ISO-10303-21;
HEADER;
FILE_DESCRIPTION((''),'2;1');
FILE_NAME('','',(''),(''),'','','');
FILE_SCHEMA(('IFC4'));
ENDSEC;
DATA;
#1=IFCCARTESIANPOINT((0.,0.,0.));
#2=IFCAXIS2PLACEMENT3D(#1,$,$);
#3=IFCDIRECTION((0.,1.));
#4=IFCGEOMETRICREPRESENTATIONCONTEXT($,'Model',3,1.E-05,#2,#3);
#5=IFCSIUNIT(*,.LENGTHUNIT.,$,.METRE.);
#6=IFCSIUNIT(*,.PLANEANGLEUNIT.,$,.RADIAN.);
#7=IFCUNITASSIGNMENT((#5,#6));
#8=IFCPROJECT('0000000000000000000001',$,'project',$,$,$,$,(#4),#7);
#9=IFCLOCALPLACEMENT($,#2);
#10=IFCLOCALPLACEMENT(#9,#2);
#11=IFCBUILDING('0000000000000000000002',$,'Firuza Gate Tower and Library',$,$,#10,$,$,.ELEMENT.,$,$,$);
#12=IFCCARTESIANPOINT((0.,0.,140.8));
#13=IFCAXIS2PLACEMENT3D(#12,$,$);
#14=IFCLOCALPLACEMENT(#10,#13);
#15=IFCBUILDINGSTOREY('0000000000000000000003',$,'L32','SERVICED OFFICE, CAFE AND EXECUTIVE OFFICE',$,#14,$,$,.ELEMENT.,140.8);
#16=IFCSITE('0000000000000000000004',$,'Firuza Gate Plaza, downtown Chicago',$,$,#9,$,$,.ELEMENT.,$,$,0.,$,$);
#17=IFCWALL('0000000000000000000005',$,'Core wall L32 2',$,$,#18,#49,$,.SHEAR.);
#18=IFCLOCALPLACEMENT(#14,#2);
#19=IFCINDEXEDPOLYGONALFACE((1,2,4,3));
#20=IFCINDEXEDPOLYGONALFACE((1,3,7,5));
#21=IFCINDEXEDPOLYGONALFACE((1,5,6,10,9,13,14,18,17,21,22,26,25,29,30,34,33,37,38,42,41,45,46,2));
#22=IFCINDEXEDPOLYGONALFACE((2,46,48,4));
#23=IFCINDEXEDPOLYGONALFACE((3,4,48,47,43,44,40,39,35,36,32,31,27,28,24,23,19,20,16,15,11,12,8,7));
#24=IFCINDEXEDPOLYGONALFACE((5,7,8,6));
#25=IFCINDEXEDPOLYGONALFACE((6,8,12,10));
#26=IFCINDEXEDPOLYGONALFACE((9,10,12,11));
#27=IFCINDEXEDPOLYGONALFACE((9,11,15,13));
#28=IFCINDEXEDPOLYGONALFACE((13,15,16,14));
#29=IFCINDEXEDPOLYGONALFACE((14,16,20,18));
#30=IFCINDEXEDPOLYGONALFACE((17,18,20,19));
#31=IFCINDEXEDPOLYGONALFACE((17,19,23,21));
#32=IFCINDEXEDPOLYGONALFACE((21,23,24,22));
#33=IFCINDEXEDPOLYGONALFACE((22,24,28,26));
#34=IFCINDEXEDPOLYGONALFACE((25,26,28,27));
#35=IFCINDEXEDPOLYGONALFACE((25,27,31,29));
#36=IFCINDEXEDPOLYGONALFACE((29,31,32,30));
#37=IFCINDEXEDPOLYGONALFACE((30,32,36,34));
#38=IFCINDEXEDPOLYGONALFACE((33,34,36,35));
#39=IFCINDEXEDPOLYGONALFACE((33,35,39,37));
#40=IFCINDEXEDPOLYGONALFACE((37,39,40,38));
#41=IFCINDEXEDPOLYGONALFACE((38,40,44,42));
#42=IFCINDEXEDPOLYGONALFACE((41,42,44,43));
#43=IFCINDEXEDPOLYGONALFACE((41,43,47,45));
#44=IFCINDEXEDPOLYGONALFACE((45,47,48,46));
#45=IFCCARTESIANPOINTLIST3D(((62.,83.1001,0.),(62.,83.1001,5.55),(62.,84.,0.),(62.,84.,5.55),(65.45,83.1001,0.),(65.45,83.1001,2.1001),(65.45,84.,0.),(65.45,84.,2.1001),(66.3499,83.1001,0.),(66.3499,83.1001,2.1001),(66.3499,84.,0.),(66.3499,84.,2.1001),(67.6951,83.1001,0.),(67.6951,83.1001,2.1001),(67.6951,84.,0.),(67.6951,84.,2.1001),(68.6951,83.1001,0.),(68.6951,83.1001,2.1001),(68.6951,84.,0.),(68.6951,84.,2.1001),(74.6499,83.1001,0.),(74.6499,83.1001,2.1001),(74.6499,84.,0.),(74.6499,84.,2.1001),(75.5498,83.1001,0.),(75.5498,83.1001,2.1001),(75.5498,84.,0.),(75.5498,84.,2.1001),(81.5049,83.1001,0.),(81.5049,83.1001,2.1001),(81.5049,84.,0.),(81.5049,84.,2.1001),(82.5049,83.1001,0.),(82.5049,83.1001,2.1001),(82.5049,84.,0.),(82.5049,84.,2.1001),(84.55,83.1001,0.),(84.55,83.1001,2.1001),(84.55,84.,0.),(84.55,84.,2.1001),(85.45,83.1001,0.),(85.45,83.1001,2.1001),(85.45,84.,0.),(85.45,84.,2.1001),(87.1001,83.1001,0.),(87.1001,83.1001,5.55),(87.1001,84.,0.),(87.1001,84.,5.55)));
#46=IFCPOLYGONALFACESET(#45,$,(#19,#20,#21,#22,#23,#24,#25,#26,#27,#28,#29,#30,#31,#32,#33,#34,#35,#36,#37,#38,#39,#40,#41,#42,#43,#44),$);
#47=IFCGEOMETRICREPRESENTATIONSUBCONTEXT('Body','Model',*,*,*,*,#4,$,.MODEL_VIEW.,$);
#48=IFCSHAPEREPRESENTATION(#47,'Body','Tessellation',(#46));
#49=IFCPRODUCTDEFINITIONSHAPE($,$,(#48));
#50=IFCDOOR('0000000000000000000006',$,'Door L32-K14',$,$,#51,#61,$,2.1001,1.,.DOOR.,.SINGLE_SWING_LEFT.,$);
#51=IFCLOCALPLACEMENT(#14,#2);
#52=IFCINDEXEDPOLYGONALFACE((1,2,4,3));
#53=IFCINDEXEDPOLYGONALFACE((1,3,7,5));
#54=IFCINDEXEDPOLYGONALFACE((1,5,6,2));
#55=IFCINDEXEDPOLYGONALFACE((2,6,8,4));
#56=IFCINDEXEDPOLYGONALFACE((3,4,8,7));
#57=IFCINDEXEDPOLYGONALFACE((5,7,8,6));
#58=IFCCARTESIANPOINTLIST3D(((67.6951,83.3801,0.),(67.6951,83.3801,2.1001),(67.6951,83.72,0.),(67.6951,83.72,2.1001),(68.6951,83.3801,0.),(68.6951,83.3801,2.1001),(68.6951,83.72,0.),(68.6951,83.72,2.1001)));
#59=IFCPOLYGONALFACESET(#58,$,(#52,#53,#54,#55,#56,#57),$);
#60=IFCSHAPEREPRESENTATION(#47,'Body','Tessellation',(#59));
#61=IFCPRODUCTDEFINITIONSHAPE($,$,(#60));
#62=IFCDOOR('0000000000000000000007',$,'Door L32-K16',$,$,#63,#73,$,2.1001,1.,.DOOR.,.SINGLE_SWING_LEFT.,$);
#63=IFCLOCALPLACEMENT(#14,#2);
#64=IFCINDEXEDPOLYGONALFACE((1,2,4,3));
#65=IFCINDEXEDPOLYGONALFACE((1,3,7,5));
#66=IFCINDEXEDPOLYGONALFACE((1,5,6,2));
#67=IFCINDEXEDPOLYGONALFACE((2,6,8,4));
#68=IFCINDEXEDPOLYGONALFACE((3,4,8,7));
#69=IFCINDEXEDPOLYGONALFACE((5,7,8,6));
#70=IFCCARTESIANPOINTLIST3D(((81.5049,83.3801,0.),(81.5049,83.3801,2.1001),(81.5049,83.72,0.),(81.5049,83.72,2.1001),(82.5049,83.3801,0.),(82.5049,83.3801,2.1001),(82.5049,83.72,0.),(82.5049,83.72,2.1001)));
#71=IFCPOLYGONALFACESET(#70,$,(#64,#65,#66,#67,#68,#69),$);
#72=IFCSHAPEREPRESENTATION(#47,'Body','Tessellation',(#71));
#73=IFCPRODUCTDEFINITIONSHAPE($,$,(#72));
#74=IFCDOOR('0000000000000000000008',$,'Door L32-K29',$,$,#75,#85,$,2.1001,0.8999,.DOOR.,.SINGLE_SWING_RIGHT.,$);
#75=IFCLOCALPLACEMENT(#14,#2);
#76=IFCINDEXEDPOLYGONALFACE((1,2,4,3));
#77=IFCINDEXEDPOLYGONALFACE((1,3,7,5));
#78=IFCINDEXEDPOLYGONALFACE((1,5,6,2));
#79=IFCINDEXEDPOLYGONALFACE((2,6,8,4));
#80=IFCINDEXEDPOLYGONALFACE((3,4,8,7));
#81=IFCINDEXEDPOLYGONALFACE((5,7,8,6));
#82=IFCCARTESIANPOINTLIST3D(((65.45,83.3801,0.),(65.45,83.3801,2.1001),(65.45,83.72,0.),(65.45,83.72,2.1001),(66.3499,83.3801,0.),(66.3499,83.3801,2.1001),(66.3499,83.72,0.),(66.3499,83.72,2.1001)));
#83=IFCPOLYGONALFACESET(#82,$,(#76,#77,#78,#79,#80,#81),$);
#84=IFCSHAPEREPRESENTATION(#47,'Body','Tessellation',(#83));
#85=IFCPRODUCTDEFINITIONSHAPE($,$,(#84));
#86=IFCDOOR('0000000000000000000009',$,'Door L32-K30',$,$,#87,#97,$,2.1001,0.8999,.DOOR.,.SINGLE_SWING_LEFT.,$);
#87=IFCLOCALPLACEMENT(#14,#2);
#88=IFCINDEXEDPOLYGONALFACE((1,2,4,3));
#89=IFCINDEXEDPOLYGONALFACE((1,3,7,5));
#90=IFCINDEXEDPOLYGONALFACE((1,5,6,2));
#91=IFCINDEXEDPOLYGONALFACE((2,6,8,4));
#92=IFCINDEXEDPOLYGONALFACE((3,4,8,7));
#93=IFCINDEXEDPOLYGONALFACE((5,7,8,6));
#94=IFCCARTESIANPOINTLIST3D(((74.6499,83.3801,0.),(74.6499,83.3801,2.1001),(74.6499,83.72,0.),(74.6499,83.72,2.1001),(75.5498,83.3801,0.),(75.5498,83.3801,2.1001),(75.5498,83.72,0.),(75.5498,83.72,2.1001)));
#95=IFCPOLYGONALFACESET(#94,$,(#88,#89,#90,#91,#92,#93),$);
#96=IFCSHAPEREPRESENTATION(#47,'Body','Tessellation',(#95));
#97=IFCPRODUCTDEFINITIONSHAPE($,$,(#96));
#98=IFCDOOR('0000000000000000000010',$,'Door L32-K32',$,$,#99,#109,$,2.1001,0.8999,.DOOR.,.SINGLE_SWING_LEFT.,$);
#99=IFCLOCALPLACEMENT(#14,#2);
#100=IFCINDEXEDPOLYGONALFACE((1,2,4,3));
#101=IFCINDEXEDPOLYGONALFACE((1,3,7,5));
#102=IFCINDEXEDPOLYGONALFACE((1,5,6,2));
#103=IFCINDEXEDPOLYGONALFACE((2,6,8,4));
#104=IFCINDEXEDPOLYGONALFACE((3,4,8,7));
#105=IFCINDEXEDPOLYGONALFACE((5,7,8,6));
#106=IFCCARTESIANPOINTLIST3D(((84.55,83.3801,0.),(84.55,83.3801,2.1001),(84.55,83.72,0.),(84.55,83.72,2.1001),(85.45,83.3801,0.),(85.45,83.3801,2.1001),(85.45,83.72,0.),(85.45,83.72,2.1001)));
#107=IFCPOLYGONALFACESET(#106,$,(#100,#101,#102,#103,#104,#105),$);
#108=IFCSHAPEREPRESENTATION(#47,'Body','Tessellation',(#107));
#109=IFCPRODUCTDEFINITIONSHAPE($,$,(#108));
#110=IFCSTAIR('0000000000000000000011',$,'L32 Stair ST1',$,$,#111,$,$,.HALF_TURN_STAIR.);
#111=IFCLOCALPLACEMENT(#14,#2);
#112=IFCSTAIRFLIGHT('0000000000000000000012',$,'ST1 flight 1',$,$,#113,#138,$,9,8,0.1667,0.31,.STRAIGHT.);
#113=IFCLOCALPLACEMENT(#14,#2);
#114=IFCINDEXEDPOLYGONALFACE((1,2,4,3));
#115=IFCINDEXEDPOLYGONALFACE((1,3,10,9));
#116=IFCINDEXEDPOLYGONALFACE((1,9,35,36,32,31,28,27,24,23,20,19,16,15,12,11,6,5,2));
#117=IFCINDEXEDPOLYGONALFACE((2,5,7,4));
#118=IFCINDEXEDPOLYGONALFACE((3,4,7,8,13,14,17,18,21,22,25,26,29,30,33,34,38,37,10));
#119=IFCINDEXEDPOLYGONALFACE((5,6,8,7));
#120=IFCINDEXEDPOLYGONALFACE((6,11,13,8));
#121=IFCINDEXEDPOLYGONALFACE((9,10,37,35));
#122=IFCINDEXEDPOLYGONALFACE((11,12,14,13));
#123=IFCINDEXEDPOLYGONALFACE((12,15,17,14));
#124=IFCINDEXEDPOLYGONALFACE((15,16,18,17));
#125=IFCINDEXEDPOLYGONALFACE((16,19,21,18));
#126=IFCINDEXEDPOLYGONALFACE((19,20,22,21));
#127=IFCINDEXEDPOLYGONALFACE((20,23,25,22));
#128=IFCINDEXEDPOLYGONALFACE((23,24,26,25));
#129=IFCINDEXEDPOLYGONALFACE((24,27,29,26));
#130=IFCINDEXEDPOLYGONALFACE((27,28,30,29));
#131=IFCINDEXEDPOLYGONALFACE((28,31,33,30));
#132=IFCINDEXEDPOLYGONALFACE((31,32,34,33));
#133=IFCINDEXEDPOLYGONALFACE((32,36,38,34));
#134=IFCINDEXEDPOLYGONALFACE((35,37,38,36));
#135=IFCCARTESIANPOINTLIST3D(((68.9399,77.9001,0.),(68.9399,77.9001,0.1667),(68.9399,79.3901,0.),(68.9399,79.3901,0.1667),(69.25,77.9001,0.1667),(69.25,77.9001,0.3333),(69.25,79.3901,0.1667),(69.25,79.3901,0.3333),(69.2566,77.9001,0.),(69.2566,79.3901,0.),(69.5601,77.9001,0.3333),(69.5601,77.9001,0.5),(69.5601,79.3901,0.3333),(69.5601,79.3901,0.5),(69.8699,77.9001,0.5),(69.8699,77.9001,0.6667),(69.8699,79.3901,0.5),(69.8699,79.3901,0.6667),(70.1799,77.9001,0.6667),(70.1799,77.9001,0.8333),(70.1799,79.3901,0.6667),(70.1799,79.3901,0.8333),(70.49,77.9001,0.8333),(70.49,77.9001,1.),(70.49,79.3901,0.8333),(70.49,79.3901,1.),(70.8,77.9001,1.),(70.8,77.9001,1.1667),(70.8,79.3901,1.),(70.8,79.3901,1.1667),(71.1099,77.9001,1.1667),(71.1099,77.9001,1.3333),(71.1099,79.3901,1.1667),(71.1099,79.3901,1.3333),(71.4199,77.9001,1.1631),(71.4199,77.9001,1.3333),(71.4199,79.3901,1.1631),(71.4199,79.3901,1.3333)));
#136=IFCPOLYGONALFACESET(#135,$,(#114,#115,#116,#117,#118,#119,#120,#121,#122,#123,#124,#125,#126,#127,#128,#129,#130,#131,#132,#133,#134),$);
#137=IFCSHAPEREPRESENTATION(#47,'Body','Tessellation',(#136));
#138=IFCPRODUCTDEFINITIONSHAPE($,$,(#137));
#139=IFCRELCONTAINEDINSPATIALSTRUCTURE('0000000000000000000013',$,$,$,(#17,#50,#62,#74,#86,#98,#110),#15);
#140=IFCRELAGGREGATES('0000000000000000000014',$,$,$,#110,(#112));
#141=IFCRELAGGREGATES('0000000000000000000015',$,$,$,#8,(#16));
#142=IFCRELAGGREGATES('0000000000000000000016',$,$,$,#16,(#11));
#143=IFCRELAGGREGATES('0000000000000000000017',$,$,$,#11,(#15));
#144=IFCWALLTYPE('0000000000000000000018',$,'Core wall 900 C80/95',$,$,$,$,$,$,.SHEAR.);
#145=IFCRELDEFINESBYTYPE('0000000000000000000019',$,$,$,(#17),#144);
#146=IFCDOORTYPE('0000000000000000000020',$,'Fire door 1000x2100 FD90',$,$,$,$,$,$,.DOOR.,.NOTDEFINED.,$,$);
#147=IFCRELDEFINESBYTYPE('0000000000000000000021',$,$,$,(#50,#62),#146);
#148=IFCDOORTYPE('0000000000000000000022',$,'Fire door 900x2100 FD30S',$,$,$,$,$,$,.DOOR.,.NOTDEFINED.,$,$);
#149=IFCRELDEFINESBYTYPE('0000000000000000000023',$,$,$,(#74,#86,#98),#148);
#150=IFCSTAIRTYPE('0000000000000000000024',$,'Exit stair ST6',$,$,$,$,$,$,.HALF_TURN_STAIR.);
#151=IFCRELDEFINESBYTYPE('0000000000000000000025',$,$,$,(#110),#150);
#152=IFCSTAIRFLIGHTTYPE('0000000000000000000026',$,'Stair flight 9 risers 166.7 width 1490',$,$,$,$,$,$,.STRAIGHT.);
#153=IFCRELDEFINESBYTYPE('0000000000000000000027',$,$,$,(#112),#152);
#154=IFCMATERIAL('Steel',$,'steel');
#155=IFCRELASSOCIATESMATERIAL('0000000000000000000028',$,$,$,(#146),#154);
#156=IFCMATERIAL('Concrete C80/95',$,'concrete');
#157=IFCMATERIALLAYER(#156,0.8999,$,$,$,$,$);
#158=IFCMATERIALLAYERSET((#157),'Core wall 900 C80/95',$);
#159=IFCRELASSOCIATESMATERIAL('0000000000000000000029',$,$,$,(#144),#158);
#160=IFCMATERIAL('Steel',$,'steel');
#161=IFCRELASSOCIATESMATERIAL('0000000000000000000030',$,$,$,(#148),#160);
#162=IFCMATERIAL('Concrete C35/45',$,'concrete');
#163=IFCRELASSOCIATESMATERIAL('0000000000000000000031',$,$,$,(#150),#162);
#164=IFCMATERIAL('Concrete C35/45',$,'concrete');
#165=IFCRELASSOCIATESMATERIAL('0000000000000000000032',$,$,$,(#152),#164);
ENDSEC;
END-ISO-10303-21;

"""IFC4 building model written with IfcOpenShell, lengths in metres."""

from ifc_helpers import new_model, si_unit, direction, frame, frame_2d, origin, place, context, subcontext, project, spatial, polyline, rectangle, outline, extrude, material, layer, layer_set, type_object, element, fill, aggregate, save


model = new_model("IFC4")

# Units and contexts
model_context = context("Model", 3, precision=1e-05, world=origin(), true_north=direction((0.0, 1.0)))
body_context = subcontext(model_context, "Body", "Model", "MODEL_VIEW")
ifc_project = project(units=[si_unit("LENGTHUNIT", "METRE"), si_unit("PLANEANGLEUNIT", "RADIAN")], contexts=[model_context])

# Site, building, storey
site_placement = place(None, origin())
site = spatial("IfcSite", under=ifc_project, at=site_placement, Name="Firuza Gate Plaza, downtown Chicago", CompositionType="ELEMENT", RefElevation=0.0)
building_placement = place(site_placement, origin())
building = spatial("IfcBuilding", under=site, at=building_placement, Name="Firuza Gate Tower and Library", CompositionType="ELEMENT")
storey_placement = place(building_placement, frame((0.0, 0.0, 140.8)))
storey = spatial("IfcBuildingStorey", under=building, at=storey_placement, Name="L32", Description="SERVICED OFFICE, CAFE AND EXECUTIVE OFFICE", CompositionType="ELEMENT", Elevation=140.8)

# Shared definitions
ifc_material_1 = material(Name="Steel", Category="steel")
door_type_1 = type_object("IfcDoorType", Name="Fire door 1000x2100 FD90", OperationType="NOTDEFINED", PredefinedType="DOOR", material=ifc_material_1)

# Wall, openings, doors
ifc_material_2 = material(Name="Concrete C80/95", Category="concrete")
ifc_layer_1 = layer(ifc_material_2, 0.8999)
ifc_layer_set_1 = layer_set([ifc_layer_1], Name="Core wall 900 C80/95")
wall_type_1 = type_object("IfcWallType", Name="Core wall 900 C80/95", PredefinedType="SHEAR", material=ifc_layer_set_1)
wall_1_placement = place(storey_placement, frame((62.0, 83.55, 0.0), z_axis=(0.0, 0.0, 1.0), x_axis=(1.0, 0.0, 0.0)))
wall_1 = element("IfcWall", 1, at=wall_1_placement, inside=storey, type_object=wall_type_1, Name="Core wall L32 2", PredefinedType="SHEAR", context=body_context, shape_type="SweptSolid", body=[
    extrude(rectangle(XDim=25.1001, YDim=0.8999, at=frame_2d((12.55, 0.0))), origin(), (0.0, 0.0, 1.0), 5.55),
])
opening_1_placement = place(wall_1_placement, frame((5.6951, 0.0, 0.0)))
opening_1 = element("IfcOpeningElement", 2, at=opening_1_placement, cuts=wall_1, PredefinedType="OPENING", context=body_context, shape_type="SweptSolid", body=[
    extrude(rectangle(XDim=1.0, YDim=2.1001, at=frame_2d((0.5, 1.05))), frame((0.0, 0.46, 0.0), z_axis=(0.0, -1.0, 0.0), x_axis=(1.0, 0.0, 0.0)), (0.0, 0.0, 1.0), 0.9199),
])
opening_2_placement = place(wall_1_placement, frame((19.5049, 0.0, 0.0)))
opening_2 = element("IfcOpeningElement", 3, at=opening_2_placement, cuts=wall_1, PredefinedType="OPENING", context=body_context, shape_type="SweptSolid", body=[
    extrude(rectangle(XDim=1.0, YDim=2.1001, at=frame_2d((0.5, 1.05))), frame((0.0, 0.46, 0.0), z_axis=(0.0, -1.0, 0.0), x_axis=(1.0, 0.0, 0.0)), (0.0, 0.0, 1.0), 0.9199),
])
opening_3_placement = place(wall_1_placement, frame((3.45, 0.0, 0.0)))
opening_3 = element("IfcOpeningElement", 4, at=opening_3_placement, cuts=wall_1, PredefinedType="OPENING", context=body_context, shape_type="SweptSolid", body=[
    extrude(rectangle(XDim=0.8999, YDim=2.1001, at=frame_2d((0.45, 1.05))), frame((0.0, 0.46, 0.0), z_axis=(0.0, -1.0, 0.0), x_axis=(1.0, 0.0, 0.0)), (0.0, 0.0, 1.0), 0.9199),
])
opening_4_placement = place(wall_1_placement, frame((12.6499, 0.0, 0.0)))
opening_4 = element("IfcOpeningElement", 5, at=opening_4_placement, cuts=wall_1, PredefinedType="OPENING", context=body_context, shape_type="SweptSolid", body=[
    extrude(rectangle(XDim=0.8999, YDim=2.1001, at=frame_2d((0.45, 1.05))), frame((0.0, 0.46, 0.0), z_axis=(0.0, -1.0, 0.0), x_axis=(1.0, 0.0, 0.0)), (0.0, 0.0, 1.0), 0.9199),
])
opening_5_placement = place(wall_1_placement, frame((22.55, 0.0, 0.0)))
opening_5 = element("IfcOpeningElement", 6, at=opening_5_placement, cuts=wall_1, PredefinedType="OPENING", context=body_context, shape_type="SweptSolid", body=[
    extrude(rectangle(XDim=0.8999, YDim=2.1001, at=frame_2d((0.45, 1.05))), frame((0.0, 0.46, 0.0), z_axis=(0.0, -1.0, 0.0), x_axis=(1.0, 0.0, 0.0)), (0.0, 0.0, 1.0), 0.9199),
])
door_1_placement = place(opening_1_placement, origin())
door_1 = element("IfcDoor", 7, at=door_1_placement, inside=storey, type_object=door_type_1, Name="Door L32-K14", OperationType="SINGLE_SWING_LEFT", OverallHeight=2.1001, OverallWidth=1.0, PredefinedType="DOOR", context=body_context, shape_type="SweptSolid", body=[
    extrude(rectangle(XDim=1.0, YDim=2.1001, at=frame_2d((0.5, 1.05))), frame((0.0, 0.1699, 0.0), z_axis=(0.0, -1.0, 0.0), x_axis=(1.0, 0.0, 0.0)), (0.0, 0.0, 1.0), 0.3398),
])
fill(opening_1, door_1)
door_2_placement = place(opening_2_placement, origin())
door_2 = element("IfcDoor", 8, at=door_2_placement, inside=storey, type_object=door_type_1, Name="Door L32-K16", OperationType="SINGLE_SWING_LEFT", OverallHeight=2.1001, OverallWidth=1.0, PredefinedType="DOOR", context=body_context, shape_type="SweptSolid", body=[
    extrude(rectangle(XDim=1.0, YDim=2.1001, at=frame_2d((0.5, 1.05))), frame((0.0, 0.1699, 0.0), z_axis=(0.0, -1.0, 0.0), x_axis=(1.0, 0.0, 0.0)), (0.0, 0.0, 1.0), 0.3398),
])
fill(opening_2, door_2)
ifc_material_3 = material(Name="Steel", Category="steel")
door_type_2 = type_object("IfcDoorType", Name="Fire door 900x2100 FD30S", OperationType="NOTDEFINED", PredefinedType="DOOR", material=ifc_material_3)
door_3_placement = place(opening_3_placement, origin())
door_3 = element("IfcDoor", 9, at=door_3_placement, inside=storey, type_object=door_type_2, Name="Door L32-K29", OperationType="SINGLE_SWING_RIGHT", OverallHeight=2.1001, OverallWidth=0.8999, PredefinedType="DOOR", context=body_context, shape_type="SweptSolid", body=[
    extrude(rectangle(XDim=0.8999, YDim=2.1001, at=frame_2d((0.45, 1.05))), frame((0.0, 0.1699, 0.0), z_axis=(0.0, -1.0, 0.0), x_axis=(1.0, 0.0, 0.0)), (0.0, 0.0, 1.0), 0.3398),
])
fill(opening_3, door_3)
door_4_placement = place(opening_4_placement, origin())
door_4 = element("IfcDoor", 10, at=door_4_placement, inside=storey, type_object=door_type_2, Name="Door L32-K30", OperationType="SINGLE_SWING_LEFT", OverallHeight=2.1001, OverallWidth=0.8999, PredefinedType="DOOR", context=body_context, shape_type="SweptSolid", body=[
    extrude(rectangle(XDim=0.8999, YDim=2.1001, at=frame_2d((0.45, 1.05))), frame((0.0, 0.1699, 0.0), z_axis=(0.0, -1.0, 0.0), x_axis=(1.0, 0.0, 0.0)), (0.0, 0.0, 1.0), 0.3398),
])
fill(opening_4, door_4)
door_5_placement = place(opening_5_placement, origin())
door_5 = element("IfcDoor", 11, at=door_5_placement, inside=storey, type_object=door_type_2, Name="Door L32-K32", OperationType="SINGLE_SWING_LEFT", OverallHeight=2.1001, OverallWidth=0.8999, PredefinedType="DOOR", context=body_context, shape_type="SweptSolid", body=[
    extrude(rectangle(XDim=0.8999, YDim=2.1001, at=frame_2d((0.45, 1.05))), frame((0.0, 0.1699, 0.0), z_axis=(0.0, -1.0, 0.0), x_axis=(1.0, 0.0, 0.0)), (0.0, 0.0, 1.0), 0.3398),
])
fill(opening_5, door_5)

# Stair, stair flight
ifc_material_4 = material(Name="Concrete C35/45", Category="concrete")
stair_type = type_object("IfcStairType", Name="Exit stair ST6", PredefinedType="HALF_TURN_STAIR", material=ifc_material_4)
stair_placement = place(storey_placement, origin())
stair = element("IfcStair", 12, at=stair_placement, inside=storey, type_object=stair_type, Name="L32 Stair ST1", PredefinedType="HALF_TURN_STAIR")
ifc_material_5 = material(Name="Concrete C35/45", Category="concrete")
stair_flight_type = type_object("IfcStairFlightType", Name="Stair flight 9 risers 166.7 width 1490", PredefinedType="STRAIGHT", material=ifc_material_5)
stair_flight_placement = place(storey_placement, frame((68.9399, 78.645, 0.0), z_axis=(0.0, 0.0, 1.0), x_axis=(1.0, 0.0, 0.0)))
stair_flight = element("IfcStairFlight", 13, at=stair_flight_placement, type_object=stair_flight_type, Name="ST1 flight 1", NumberOfRisers=9, NumberOfTreads=8, PredefinedType="STRAIGHT", RiserHeight=0.1667, TreadLength=0.31, context=body_context, shape_type="SweptSolid", body=[
    extrude(outline(polyline([(0.0, 0.0), (0.0, 0.1667), (0.3101, 0.1667), (0.3101, 0.3333), (0.6201, 0.3333), (0.6201, 0.5), (0.9299, 0.5), (0.9299, 0.6667), (1.24, 0.6667), (1.24, 0.8333), (1.55, 0.8333), (1.55, 1.0), (1.8601, 1.0), (1.8601, 1.1667), (2.1699, 1.1667), (2.1699, 1.3333), (2.48, 1.3333), (2.48, 1.5), (2.48, 1.1631), (0.3167, 0.0), (0.0, 0.0)])), frame((0.0, 0.7451, 0.0), z_axis=(0.0, -1.0, 0.0), x_axis=(1.0, 0.0, 0.0)), (0.0, 0.0, 1.0), 1.49),
])
aggregate(stair, [stair_flight])

save(model, "model.ifc")
